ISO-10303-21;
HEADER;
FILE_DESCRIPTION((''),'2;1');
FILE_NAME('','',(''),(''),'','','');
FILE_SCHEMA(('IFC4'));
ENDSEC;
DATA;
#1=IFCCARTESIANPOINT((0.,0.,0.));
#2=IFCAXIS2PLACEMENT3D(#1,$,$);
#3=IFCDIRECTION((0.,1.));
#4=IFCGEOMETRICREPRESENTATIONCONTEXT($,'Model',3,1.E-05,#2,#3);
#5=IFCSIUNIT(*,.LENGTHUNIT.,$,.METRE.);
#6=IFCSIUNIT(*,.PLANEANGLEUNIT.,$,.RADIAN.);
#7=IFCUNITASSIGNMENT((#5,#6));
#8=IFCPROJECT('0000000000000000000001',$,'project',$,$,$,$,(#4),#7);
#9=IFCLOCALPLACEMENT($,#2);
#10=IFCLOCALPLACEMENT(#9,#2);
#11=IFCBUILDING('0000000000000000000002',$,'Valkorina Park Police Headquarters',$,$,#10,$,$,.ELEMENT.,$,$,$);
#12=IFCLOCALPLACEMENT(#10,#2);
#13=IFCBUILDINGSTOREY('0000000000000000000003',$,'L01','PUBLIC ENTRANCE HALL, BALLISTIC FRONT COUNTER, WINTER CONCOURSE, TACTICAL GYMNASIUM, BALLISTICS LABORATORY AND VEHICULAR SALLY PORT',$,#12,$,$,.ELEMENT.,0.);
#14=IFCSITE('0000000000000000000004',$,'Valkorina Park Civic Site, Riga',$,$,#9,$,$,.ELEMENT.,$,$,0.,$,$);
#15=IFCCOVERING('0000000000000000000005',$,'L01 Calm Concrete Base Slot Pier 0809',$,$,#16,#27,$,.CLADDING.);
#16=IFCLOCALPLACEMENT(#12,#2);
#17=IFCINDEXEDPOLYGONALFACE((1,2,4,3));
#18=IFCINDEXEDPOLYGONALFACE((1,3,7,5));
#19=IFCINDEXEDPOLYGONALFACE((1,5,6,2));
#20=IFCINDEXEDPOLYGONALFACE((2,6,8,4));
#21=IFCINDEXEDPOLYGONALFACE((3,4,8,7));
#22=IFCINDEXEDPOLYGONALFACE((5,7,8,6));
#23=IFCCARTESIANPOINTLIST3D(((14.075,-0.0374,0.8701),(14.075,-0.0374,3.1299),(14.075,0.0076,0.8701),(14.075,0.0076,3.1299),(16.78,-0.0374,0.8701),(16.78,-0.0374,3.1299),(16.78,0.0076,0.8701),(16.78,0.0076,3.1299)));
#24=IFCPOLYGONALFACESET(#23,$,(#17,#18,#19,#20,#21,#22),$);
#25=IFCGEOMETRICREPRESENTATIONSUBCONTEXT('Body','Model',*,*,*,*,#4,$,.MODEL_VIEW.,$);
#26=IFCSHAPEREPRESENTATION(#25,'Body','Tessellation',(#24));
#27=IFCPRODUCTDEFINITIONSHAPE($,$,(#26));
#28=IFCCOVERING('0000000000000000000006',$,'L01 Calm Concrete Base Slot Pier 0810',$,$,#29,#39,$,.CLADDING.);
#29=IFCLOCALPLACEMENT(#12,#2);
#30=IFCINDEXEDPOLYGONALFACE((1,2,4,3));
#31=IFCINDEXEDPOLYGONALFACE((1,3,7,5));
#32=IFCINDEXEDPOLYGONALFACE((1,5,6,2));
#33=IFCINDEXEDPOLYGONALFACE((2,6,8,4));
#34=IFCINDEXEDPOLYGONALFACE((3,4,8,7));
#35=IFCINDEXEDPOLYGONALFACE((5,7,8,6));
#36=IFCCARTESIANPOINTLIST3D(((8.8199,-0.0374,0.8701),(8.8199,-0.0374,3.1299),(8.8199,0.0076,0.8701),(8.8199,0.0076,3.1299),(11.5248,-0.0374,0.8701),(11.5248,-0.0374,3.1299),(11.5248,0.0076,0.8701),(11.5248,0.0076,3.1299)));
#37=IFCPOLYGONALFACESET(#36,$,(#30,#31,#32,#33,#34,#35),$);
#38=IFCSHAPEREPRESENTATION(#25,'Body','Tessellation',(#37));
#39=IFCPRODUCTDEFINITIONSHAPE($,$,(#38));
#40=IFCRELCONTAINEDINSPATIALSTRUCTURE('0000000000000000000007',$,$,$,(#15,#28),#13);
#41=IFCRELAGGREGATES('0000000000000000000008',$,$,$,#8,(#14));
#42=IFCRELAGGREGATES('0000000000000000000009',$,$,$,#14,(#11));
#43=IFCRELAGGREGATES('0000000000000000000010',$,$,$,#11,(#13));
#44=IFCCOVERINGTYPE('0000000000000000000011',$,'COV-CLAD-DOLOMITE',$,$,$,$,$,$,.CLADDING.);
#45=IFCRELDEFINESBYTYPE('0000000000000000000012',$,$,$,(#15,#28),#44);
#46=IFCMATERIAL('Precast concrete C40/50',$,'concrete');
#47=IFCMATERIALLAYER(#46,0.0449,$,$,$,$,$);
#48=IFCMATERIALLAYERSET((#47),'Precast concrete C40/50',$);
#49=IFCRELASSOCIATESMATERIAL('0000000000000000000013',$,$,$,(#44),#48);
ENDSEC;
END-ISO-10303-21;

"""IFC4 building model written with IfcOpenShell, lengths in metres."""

from ifc_helpers import new_model, si_unit, direction, frame, frame_2d, origin, place, context, subcontext, project, spatial, rectangle, extrude, material, layer, layer_set, type_object, element, save


model = new_model("IFC4")

# Units and contexts
model_context = context("Model", 3, precision=1e-05, world=origin(), true_north=direction((0.0, 1.0)))
body_context = subcontext(model_context, "Body", "Model", "MODEL_VIEW")
ifc_project = project(units=[si_unit("LENGTHUNIT", "METRE"), si_unit("PLANEANGLEUNIT", "RADIAN")], contexts=[model_context])

# Site, building, storey
site_placement = place(None, origin())
site = spatial("IfcSite", under=ifc_project, at=site_placement, Name="Valkorina Park Civic Site, Riga", CompositionType="ELEMENT", RefElevation=0.0)
building_placement = place(site_placement, origin())
building = spatial("IfcBuilding", under=site, at=building_placement, Name="Valkorina Park Police Headquarters", CompositionType="ELEMENT")
storey_placement = place(building_placement, origin())
storey = spatial("IfcBuildingStorey", under=building, at=storey_placement, Name="L01", Description="PUBLIC ENTRANCE HALL, BALLISTIC FRONT COUNTER, WINTER CONCOURSE, TACTICAL GYMNASIUM, BALLISTICS LABORATORY AND VEHICULAR SALLY PORT", CompositionType="ELEMENT", Elevation=0.0)

# Coverings
ifc_material_1 = material(Name="Precast concrete C40/50", Category="concrete")
ifc_layer_1 = layer(ifc_material_1, 0.0449)
ifc_layer_set_1 = layer_set([ifc_layer_1], Name="Precast concrete C40/50")
covering_type = type_object("IfcCoveringType", Name="COV-CLAD-DOLOMITE", PredefinedType="CLADDING", material=ifc_layer_set_1)
covering_1_placement = place(storey_placement, frame((16.78, -0.0149, 0.8701), z_axis=(0.0, 0.0, 1.0), x_axis=(-1.0, 0.0, 0.0)))
element("IfcCovering", 1, at=covering_1_placement, inside=storey, type_object=covering_type, Name="L01 Calm Concrete Base Slot Pier 0809", PredefinedType="CLADDING", context=body_context, shape_type="SweptSolid", body=[
    extrude(rectangle(XDim=2.7051, YDim=0.0449, at=frame_2d((1.3525, 0.0))), origin(), (0.0, 0.0, 1.0), 2.2598),
])
covering_2_placement = place(storey_placement, frame((11.5249, -0.0149, 0.8701), z_axis=(0.0, 0.0, 1.0), x_axis=(-1.0, 0.0, 0.0)))
element("IfcCovering", 2, at=covering_2_placement, inside=storey, type_object=covering_type, Name="L01 Calm Concrete Base Slot Pier 0810", PredefinedType="CLADDING", context=body_context, shape_type="SweptSolid", body=[
    extrude(rectangle(XDim=2.7048, YDim=0.0449, at=frame_2d((1.3525, 0.0))), origin(), (0.0, 0.0, 1.0), 2.2598),
])

save(model, "model.ifc")
